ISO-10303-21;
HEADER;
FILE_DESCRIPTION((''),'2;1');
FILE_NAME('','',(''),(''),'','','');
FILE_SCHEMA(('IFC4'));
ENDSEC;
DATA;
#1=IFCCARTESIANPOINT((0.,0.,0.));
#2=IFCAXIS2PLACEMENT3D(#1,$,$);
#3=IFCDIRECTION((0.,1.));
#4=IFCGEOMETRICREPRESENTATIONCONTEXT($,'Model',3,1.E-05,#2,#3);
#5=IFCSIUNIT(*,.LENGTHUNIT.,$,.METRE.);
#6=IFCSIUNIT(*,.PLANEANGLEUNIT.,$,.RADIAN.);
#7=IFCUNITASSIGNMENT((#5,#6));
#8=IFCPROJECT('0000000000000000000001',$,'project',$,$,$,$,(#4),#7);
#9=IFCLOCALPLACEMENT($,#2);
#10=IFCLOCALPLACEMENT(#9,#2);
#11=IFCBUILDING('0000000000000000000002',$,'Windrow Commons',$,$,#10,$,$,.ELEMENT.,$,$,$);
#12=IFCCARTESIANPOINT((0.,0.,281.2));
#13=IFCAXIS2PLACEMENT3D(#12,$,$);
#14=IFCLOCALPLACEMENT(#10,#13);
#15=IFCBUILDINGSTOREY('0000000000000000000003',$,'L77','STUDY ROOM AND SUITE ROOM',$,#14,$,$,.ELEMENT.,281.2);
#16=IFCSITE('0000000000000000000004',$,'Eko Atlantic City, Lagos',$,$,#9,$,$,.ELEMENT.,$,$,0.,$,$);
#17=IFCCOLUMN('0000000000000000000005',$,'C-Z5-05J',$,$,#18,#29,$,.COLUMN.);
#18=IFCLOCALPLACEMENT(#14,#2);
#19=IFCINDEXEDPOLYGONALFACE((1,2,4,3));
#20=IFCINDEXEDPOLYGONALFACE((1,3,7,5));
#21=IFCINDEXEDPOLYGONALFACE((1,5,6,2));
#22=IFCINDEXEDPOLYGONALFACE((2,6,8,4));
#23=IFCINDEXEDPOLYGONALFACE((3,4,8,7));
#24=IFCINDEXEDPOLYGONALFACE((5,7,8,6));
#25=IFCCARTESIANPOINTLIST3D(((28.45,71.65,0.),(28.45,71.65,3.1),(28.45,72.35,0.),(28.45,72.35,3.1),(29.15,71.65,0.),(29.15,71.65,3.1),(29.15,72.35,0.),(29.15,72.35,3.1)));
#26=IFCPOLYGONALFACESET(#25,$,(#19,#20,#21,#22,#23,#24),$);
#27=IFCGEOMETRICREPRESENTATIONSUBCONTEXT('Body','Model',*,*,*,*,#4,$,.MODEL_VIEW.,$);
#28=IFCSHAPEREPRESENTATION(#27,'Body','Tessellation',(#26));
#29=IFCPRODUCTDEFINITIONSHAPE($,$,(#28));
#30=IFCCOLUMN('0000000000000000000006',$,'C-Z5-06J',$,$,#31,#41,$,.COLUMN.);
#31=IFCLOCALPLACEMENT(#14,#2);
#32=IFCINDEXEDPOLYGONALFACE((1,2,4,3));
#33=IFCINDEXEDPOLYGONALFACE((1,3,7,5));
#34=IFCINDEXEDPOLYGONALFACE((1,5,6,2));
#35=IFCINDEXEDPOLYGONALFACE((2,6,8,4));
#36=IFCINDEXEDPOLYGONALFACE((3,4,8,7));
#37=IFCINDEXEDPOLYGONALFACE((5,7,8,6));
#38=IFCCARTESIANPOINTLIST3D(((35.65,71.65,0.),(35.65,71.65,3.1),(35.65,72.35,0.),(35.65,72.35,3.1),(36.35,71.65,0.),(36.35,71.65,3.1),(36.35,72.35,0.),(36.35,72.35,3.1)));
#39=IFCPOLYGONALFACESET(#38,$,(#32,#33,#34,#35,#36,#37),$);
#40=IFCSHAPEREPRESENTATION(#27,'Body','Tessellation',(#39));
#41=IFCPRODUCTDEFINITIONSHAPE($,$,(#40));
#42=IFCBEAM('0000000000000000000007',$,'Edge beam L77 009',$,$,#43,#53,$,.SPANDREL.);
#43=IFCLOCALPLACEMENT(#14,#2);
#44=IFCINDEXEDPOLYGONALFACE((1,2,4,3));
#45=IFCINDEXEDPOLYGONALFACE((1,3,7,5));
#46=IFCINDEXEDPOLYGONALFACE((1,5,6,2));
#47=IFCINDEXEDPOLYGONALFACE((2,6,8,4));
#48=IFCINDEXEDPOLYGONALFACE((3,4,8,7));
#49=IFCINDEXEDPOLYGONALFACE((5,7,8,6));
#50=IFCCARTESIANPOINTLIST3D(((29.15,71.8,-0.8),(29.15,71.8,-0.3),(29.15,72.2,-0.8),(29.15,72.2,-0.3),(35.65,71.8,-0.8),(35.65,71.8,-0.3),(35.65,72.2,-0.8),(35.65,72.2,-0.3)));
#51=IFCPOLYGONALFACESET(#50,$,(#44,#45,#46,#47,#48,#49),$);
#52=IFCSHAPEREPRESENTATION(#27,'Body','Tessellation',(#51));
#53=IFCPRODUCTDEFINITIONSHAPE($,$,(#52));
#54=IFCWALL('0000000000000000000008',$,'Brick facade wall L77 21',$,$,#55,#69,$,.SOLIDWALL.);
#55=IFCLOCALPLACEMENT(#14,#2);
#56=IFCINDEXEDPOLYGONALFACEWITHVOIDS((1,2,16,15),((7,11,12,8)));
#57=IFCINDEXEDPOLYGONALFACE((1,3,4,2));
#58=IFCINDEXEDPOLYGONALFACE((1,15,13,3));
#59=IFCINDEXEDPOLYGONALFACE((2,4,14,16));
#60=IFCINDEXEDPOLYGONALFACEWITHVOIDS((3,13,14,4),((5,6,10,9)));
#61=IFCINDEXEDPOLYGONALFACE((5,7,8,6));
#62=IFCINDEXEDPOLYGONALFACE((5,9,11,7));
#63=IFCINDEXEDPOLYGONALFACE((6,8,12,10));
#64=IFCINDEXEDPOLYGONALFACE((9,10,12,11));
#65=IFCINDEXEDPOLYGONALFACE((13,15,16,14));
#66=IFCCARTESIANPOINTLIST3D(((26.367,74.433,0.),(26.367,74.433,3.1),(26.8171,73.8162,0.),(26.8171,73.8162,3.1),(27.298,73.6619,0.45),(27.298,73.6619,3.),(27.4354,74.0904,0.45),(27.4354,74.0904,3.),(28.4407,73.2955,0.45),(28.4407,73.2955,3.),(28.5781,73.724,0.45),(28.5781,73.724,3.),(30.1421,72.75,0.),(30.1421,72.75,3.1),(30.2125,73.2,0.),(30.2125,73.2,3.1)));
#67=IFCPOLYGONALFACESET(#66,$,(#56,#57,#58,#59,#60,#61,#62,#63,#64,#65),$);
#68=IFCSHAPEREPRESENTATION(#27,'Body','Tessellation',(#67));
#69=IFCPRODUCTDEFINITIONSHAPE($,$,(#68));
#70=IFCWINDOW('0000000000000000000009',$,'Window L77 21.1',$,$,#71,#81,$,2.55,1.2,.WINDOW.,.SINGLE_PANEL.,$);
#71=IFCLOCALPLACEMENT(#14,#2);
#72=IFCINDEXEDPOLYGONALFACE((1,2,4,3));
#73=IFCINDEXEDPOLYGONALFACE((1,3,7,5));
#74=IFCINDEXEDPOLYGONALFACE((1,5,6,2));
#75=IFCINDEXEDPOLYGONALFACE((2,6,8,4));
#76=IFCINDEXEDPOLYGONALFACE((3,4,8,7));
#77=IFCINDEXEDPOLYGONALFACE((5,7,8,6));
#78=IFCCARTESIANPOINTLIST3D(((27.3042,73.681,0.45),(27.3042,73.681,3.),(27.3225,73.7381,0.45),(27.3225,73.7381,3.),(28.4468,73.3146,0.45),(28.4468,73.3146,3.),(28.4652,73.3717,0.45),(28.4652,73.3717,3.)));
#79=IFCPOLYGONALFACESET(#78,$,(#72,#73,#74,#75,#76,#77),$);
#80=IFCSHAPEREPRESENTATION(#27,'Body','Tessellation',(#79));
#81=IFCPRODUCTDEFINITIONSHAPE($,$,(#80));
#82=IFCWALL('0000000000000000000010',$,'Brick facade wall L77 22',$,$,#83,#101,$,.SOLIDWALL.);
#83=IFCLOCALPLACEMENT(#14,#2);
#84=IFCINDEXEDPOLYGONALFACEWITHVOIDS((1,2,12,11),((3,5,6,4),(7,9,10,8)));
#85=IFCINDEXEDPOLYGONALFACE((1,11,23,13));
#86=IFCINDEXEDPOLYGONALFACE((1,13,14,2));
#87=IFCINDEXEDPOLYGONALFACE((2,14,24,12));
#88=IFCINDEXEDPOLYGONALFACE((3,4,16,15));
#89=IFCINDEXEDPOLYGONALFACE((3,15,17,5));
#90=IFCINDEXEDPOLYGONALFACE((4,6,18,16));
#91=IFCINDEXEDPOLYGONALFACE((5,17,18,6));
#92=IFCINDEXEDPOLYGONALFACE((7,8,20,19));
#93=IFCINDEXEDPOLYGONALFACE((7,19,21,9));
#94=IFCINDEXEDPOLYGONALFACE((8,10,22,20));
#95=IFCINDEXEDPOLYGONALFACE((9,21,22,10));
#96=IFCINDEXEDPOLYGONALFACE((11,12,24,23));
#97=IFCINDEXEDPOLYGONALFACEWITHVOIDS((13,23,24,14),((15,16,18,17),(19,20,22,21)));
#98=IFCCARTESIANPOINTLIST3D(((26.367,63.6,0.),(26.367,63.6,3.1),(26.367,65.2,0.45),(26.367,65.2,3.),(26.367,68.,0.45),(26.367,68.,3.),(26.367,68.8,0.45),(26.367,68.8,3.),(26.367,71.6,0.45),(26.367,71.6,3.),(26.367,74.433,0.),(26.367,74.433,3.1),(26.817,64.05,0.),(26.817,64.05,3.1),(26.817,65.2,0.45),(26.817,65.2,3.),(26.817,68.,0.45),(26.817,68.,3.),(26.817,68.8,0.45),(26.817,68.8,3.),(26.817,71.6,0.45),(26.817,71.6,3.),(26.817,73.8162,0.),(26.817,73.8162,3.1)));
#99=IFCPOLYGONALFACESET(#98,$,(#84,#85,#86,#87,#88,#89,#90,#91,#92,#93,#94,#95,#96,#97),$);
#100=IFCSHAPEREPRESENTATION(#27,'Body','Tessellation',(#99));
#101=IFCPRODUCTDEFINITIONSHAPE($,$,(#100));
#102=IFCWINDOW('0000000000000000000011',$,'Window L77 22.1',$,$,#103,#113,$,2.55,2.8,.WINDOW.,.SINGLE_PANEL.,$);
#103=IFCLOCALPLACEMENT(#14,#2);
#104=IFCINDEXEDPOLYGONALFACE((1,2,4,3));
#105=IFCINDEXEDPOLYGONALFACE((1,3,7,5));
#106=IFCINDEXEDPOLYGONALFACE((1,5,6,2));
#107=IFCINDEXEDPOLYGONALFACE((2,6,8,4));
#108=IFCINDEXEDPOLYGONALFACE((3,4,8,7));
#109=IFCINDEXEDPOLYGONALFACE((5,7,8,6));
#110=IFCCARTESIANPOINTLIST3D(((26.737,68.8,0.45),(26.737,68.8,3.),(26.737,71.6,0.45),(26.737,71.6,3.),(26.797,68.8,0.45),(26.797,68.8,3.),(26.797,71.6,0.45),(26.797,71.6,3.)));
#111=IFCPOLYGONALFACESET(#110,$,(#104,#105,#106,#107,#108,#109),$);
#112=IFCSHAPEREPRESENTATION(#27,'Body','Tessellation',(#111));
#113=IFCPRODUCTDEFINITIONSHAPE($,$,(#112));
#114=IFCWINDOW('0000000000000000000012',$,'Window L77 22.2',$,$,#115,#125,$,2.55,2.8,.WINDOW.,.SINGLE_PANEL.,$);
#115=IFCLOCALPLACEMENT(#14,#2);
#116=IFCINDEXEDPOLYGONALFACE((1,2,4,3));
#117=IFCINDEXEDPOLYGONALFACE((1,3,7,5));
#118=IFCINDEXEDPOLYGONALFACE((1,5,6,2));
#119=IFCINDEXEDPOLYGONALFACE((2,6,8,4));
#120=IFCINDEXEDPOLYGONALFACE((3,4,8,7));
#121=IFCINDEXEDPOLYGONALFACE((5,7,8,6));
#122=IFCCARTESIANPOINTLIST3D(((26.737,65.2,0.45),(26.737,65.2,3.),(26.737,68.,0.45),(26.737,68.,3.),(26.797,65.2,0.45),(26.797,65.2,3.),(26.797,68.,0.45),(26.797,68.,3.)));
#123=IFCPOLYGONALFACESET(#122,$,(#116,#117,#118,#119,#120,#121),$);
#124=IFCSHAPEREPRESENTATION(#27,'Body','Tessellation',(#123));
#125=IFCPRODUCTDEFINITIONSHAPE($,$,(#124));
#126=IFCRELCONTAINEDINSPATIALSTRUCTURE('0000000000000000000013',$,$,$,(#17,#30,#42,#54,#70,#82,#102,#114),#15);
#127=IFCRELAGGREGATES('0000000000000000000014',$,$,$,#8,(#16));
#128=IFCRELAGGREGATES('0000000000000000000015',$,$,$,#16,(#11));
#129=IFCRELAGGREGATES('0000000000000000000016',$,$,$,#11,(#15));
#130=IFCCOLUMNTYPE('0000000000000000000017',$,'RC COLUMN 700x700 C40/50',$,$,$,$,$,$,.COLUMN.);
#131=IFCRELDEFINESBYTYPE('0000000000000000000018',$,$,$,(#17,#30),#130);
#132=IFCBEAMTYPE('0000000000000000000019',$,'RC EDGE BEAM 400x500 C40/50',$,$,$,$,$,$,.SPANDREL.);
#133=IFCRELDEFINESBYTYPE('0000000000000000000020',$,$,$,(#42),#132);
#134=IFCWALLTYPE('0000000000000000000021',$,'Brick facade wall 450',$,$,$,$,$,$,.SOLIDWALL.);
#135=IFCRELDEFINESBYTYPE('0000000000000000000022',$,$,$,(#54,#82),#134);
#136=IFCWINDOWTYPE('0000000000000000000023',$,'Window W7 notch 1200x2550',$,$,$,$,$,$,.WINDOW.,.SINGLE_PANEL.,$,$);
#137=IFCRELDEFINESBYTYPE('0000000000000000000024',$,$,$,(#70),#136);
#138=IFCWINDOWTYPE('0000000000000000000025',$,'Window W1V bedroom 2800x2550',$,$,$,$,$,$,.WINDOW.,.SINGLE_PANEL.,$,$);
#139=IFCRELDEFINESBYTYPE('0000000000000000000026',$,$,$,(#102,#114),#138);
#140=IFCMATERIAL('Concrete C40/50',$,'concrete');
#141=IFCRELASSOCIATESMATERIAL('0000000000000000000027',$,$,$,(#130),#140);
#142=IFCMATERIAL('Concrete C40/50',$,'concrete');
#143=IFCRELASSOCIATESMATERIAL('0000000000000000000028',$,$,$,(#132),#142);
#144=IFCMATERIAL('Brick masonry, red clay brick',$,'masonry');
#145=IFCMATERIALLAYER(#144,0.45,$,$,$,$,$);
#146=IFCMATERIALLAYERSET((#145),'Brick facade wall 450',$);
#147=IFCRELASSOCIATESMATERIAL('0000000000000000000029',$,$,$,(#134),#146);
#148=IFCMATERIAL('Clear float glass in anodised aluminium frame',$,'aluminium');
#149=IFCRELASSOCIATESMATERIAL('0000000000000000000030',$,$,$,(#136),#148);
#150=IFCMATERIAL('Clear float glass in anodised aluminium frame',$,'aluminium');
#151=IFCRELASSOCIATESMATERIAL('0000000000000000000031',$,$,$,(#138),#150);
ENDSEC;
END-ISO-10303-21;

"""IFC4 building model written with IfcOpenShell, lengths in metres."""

from ifc_helpers import new_model, si_unit, direction, frame, frame_2d, origin, origin_2d, place, context, subcontext, project, spatial, polyline, rectangle, outline, extrude, material, layer, layer_set, material_profile, profile_set, type_object, element, fill, save


model = new_model("IFC4")

# Units and contexts
model_context = context("Model", 3, precision=1e-05, world=origin(), true_north=direction((0.0, 1.0)))
body_context = subcontext(model_context, "Body", "Model", "MODEL_VIEW")
ifc_project = project(units=[si_unit("LENGTHUNIT", "METRE"), si_unit("PLANEANGLEUNIT", "RADIAN")], contexts=[model_context])

# Site, building, storey
site_placement = place(None, origin())
site = spatial("IfcSite", under=ifc_project, at=site_placement, Name="Eko Atlantic City, Lagos", CompositionType="ELEMENT", RefElevation=0.0)
building_placement = place(site_placement, origin())
building = spatial("IfcBuilding", under=site, at=building_placement, Name="Windrow Commons", CompositionType="ELEMENT")
storey_placement = place(building_placement, frame((0.0, 0.0, 281.2)))
storey = spatial("IfcBuildingStorey", under=building, at=storey_placement, Name="L77", Description="STUDY ROOM AND SUITE ROOM", CompositionType="ELEMENT", Elevation=281.2)

# Columns
ifc_material_1 = material(Name="Concrete C40/50", Category="concrete")
ifc_material_profile_1 = material_profile(ifc_material_1, rectangle(XDim=0.7, YDim=0.7, at=origin_2d()))
ifc_profile_set_1 = profile_set([ifc_material_profile_1], Name="Concrete C40/50")
column_type = type_object("IfcColumnType", Name="RC COLUMN 700x700 C40/50", PredefinedType="COLUMN", material=ifc_profile_set_1)
for number, where, z_axis, x_axis, name in (
    (1, (28.8, 72.0, 0.0), (0.0, 0.0, 1.0), (1.0, 0.0, 0.0), "C-Z5-05J"),
    (2, (36.0, 72.0, 0.0), (0.0, 0.0, 1.0), (1.0, 0.0, 0.0), "C-Z5-06J"),
):
    element("IfcColumn", number, at=place(storey_placement, frame(where, z_axis=z_axis, x_axis=x_axis)), inside=storey, type_object=column_type, Name=name, PredefinedType="COLUMN", context=body_context, shape_type="SweptSolid", body=[
        extrude(rectangle(XDim=0.7, YDim=0.7, at=origin_2d()), origin(), (0.0, 0.0, 1.0), 3.1),
    ])

# Beam
ifc_material_2 = material(Name="Concrete C40/50", Category="concrete")
ifc_material_profile_2 = material_profile(ifc_material_2, rectangle(XDim=0.4, YDim=0.5, at=origin_2d()))
ifc_profile_set_2 = profile_set([ifc_material_profile_2], Name="Concrete C40/50")
beam_type = type_object("IfcBeamType", Name="RC EDGE BEAM 400x500 C40/50", PredefinedType="SPANDREL", material=ifc_profile_set_2)
beam_placement = place(storey_placement, frame((29.15, 72.0, -0.55), z_axis=(1.0, 0.0, 0.0), x_axis=(0.0, 1.0, 0.0)))
element("IfcBeam", 3, at=beam_placement, inside=storey, type_object=beam_type, Name="Edge beam L77 009", PredefinedType="SPANDREL", context=body_context, shape_type="SweptSolid", body=[
    extrude(rectangle(XDim=0.4, YDim=0.5, at=origin_2d()), origin(), (0.0, 0.0, 1.0), 6.5),
])

# Wall, opening, window
ifc_material_3 = material(Name="Brick masonry, red clay brick", Category="masonry")
ifc_layer_1 = layer(ifc_material_3, 0.45)
ifc_layer_set_1 = layer_set([ifc_layer_1], Name="Brick facade wall 450")
wall_type_1 = type_object("IfcWallType", Name="Brick facade wall 450", PredefinedType="SOLIDWALL", material=ifc_layer_set_1)
wall_1_placement = place(storey_placement, frame((30.1773, 72.975, 0.0), z_axis=(0.0, 0.0, 1.0), x_axis=(-0.952246, 0.305331, 0.0)))
wall_1 = element("IfcWall", 4, at=wall_1_placement, inside=storey, type_object=wall_type_1, Name="Brick facade wall L77 21", PredefinedType="SOLIDWALL", context=body_context, shape_type="SweptSolid", body=[
    extrude(outline(polyline([(0.0352, -0.225), (4.0735, -0.225), (3.4566, 0.225), (-0.0352, 0.225), (0.0352, -0.225)])), origin(), (0.0, 0.0, 1.0), 3.1),
])
opening_1_placement = place(wall_1_placement, frame((1.7515, 0.0, 0.45)))
opening_1 = element("IfcOpeningElement", 5, at=opening_1_placement, cuts=wall_1, PredefinedType="OPENING", context=body_context, shape_type="SweptSolid", body=[
    extrude(rectangle(XDim=1.2, YDim=2.55, at=frame_2d((0.6, 1.275))), frame((0.0, 0.235, 0.0), z_axis=(0.0, -1.0, 0.0), x_axis=(1.0, 0.0, 0.0)), (0.0, 0.0, 1.0), 0.47),
])
ifc_material_4 = material(Name="Clear float glass in anodised aluminium frame", Category="aluminium")
window_type_1 = type_object("IfcWindowType", Name="Window W7 notch 1200x2550", PartitioningType="SINGLE_PANEL", PredefinedType="WINDOW", material=ifc_material_4)
window_1_placement = place(opening_1_placement, origin())
window_1 = element("IfcWindow", 6, at=window_1_placement, inside=storey, type_object=window_type_1, Name="Window L77 21.1", OverallHeight=2.55, OverallWidth=1.2, PartitioningType="SINGLE_PANEL", PredefinedType="WINDOW", context=body_context, shape_type="SweptSolid", body=[
    extrude(rectangle(XDim=1.2, YDim=2.55, at=frame_2d((0.6, 1.275))), frame((0.0, 0.205, 0.0), z_axis=(0.0, -1.0, 0.0), x_axis=(1.0, 0.0, 0.0)), (0.0, 0.0, 1.0), 0.06),
])
fill(opening_1, window_1)

# Wall, openings, windows
wall_2_placement = place(storey_placement, frame((26.592, 74.1246, 0.0), z_axis=(0.0, 0.0, 1.0), x_axis=(0.0, -1.0, 0.0)))
wall_2 = element("IfcWall", 7, at=wall_2_placement, inside=storey, type_object=wall_type_1, Name="Brick facade wall L77 22", PredefinedType="SOLIDWALL", context=body_context, shape_type="SweptSolid", body=[
    extrude(outline(polyline([(-0.3084, -0.225), (10.5246, -0.225), (10.0746, 0.225), (0.3084, 0.225), (-0.3084, -0.225)])), origin(), (0.0, 0.0, 1.0), 3.1),
])
opening_2_placement = place(wall_2_placement, frame((2.5246, 0.0, 0.45)))
opening_2 = element("IfcOpeningElement", 8, at=opening_2_placement, cuts=wall_2, PredefinedType="OPENING", context=body_context, shape_type="SweptSolid", body=[
    extrude(rectangle(XDim=2.8, YDim=2.55, at=frame_2d((1.4, 1.275))), frame((0.0, 0.235, 0.0), z_axis=(0.0, -1.0, 0.0), x_axis=(1.0, 0.0, 0.0)), (0.0, 0.0, 1.0), 0.47),
])
opening_3_placement = place(wall_2_placement, frame((6.1246, 0.0, 0.45)))
opening_3 = element("IfcOpeningElement", 9, at=opening_3_placement, cuts=wall_2, PredefinedType="OPENING", context=body_context, shape_type="SweptSolid", body=[
    extrude(rectangle(XDim=2.8, YDim=2.55, at=frame_2d((1.4, 1.275))), frame((0.0, 0.235, 0.0), z_axis=(0.0, -1.0, 0.0), x_axis=(1.0, 0.0, 0.0)), (0.0, 0.0, 1.0), 0.47),
])
ifc_material_5 = material(Name="Clear float glass in anodised aluminium frame", Category="aluminium")
window_type_2 = type_object("IfcWindowType", Name="Window W1V bedroom 2800x2550", PartitioningType="SINGLE_PANEL", PredefinedType="WINDOW", material=ifc_material_5)
window_2_placement = place(opening_2_placement, origin())
window_2 = element("IfcWindow", 10, at=window_2_placement, inside=storey, type_object=window_type_2, Name="Window L77 22.1", OverallHeight=2.55, OverallWidth=2.8, PartitioningType="SINGLE_PANEL", PredefinedType="WINDOW", context=body_context, shape_type="SweptSolid", body=[
    extrude(rectangle(XDim=2.8, YDim=2.55, at=frame_2d((1.4, 1.275))), frame((0.0, 0.205, 0.0), z_axis=(0.0, -1.0, 0.0), x_axis=(1.0, 0.0, 0.0)), (0.0, 0.0, 1.0), 0.06),
])
fill(opening_2, window_2)
window_3_placement = place(opening_3_placement, origin())
window_3 = element("IfcWindow", 11, at=window_3_placement, inside=storey, type_object=window_type_2, Name="Window L77 22.2", OverallHeight=2.55, OverallWidth=2.8, PartitioningType="SINGLE_PANEL", PredefinedType="WINDOW", context=body_context, shape_type="SweptSolid", body=[
    extrude(rectangle(XDim=2.8, YDim=2.55, at=frame_2d((1.4, 1.275))), frame((0.0, 0.205, 0.0), z_axis=(0.0, -1.0, 0.0), x_axis=(1.0, 0.0, 0.0)), (0.0, 0.0, 1.0), 0.06),
])
fill(opening_3, window_3)

save(model, "model.ifc")
